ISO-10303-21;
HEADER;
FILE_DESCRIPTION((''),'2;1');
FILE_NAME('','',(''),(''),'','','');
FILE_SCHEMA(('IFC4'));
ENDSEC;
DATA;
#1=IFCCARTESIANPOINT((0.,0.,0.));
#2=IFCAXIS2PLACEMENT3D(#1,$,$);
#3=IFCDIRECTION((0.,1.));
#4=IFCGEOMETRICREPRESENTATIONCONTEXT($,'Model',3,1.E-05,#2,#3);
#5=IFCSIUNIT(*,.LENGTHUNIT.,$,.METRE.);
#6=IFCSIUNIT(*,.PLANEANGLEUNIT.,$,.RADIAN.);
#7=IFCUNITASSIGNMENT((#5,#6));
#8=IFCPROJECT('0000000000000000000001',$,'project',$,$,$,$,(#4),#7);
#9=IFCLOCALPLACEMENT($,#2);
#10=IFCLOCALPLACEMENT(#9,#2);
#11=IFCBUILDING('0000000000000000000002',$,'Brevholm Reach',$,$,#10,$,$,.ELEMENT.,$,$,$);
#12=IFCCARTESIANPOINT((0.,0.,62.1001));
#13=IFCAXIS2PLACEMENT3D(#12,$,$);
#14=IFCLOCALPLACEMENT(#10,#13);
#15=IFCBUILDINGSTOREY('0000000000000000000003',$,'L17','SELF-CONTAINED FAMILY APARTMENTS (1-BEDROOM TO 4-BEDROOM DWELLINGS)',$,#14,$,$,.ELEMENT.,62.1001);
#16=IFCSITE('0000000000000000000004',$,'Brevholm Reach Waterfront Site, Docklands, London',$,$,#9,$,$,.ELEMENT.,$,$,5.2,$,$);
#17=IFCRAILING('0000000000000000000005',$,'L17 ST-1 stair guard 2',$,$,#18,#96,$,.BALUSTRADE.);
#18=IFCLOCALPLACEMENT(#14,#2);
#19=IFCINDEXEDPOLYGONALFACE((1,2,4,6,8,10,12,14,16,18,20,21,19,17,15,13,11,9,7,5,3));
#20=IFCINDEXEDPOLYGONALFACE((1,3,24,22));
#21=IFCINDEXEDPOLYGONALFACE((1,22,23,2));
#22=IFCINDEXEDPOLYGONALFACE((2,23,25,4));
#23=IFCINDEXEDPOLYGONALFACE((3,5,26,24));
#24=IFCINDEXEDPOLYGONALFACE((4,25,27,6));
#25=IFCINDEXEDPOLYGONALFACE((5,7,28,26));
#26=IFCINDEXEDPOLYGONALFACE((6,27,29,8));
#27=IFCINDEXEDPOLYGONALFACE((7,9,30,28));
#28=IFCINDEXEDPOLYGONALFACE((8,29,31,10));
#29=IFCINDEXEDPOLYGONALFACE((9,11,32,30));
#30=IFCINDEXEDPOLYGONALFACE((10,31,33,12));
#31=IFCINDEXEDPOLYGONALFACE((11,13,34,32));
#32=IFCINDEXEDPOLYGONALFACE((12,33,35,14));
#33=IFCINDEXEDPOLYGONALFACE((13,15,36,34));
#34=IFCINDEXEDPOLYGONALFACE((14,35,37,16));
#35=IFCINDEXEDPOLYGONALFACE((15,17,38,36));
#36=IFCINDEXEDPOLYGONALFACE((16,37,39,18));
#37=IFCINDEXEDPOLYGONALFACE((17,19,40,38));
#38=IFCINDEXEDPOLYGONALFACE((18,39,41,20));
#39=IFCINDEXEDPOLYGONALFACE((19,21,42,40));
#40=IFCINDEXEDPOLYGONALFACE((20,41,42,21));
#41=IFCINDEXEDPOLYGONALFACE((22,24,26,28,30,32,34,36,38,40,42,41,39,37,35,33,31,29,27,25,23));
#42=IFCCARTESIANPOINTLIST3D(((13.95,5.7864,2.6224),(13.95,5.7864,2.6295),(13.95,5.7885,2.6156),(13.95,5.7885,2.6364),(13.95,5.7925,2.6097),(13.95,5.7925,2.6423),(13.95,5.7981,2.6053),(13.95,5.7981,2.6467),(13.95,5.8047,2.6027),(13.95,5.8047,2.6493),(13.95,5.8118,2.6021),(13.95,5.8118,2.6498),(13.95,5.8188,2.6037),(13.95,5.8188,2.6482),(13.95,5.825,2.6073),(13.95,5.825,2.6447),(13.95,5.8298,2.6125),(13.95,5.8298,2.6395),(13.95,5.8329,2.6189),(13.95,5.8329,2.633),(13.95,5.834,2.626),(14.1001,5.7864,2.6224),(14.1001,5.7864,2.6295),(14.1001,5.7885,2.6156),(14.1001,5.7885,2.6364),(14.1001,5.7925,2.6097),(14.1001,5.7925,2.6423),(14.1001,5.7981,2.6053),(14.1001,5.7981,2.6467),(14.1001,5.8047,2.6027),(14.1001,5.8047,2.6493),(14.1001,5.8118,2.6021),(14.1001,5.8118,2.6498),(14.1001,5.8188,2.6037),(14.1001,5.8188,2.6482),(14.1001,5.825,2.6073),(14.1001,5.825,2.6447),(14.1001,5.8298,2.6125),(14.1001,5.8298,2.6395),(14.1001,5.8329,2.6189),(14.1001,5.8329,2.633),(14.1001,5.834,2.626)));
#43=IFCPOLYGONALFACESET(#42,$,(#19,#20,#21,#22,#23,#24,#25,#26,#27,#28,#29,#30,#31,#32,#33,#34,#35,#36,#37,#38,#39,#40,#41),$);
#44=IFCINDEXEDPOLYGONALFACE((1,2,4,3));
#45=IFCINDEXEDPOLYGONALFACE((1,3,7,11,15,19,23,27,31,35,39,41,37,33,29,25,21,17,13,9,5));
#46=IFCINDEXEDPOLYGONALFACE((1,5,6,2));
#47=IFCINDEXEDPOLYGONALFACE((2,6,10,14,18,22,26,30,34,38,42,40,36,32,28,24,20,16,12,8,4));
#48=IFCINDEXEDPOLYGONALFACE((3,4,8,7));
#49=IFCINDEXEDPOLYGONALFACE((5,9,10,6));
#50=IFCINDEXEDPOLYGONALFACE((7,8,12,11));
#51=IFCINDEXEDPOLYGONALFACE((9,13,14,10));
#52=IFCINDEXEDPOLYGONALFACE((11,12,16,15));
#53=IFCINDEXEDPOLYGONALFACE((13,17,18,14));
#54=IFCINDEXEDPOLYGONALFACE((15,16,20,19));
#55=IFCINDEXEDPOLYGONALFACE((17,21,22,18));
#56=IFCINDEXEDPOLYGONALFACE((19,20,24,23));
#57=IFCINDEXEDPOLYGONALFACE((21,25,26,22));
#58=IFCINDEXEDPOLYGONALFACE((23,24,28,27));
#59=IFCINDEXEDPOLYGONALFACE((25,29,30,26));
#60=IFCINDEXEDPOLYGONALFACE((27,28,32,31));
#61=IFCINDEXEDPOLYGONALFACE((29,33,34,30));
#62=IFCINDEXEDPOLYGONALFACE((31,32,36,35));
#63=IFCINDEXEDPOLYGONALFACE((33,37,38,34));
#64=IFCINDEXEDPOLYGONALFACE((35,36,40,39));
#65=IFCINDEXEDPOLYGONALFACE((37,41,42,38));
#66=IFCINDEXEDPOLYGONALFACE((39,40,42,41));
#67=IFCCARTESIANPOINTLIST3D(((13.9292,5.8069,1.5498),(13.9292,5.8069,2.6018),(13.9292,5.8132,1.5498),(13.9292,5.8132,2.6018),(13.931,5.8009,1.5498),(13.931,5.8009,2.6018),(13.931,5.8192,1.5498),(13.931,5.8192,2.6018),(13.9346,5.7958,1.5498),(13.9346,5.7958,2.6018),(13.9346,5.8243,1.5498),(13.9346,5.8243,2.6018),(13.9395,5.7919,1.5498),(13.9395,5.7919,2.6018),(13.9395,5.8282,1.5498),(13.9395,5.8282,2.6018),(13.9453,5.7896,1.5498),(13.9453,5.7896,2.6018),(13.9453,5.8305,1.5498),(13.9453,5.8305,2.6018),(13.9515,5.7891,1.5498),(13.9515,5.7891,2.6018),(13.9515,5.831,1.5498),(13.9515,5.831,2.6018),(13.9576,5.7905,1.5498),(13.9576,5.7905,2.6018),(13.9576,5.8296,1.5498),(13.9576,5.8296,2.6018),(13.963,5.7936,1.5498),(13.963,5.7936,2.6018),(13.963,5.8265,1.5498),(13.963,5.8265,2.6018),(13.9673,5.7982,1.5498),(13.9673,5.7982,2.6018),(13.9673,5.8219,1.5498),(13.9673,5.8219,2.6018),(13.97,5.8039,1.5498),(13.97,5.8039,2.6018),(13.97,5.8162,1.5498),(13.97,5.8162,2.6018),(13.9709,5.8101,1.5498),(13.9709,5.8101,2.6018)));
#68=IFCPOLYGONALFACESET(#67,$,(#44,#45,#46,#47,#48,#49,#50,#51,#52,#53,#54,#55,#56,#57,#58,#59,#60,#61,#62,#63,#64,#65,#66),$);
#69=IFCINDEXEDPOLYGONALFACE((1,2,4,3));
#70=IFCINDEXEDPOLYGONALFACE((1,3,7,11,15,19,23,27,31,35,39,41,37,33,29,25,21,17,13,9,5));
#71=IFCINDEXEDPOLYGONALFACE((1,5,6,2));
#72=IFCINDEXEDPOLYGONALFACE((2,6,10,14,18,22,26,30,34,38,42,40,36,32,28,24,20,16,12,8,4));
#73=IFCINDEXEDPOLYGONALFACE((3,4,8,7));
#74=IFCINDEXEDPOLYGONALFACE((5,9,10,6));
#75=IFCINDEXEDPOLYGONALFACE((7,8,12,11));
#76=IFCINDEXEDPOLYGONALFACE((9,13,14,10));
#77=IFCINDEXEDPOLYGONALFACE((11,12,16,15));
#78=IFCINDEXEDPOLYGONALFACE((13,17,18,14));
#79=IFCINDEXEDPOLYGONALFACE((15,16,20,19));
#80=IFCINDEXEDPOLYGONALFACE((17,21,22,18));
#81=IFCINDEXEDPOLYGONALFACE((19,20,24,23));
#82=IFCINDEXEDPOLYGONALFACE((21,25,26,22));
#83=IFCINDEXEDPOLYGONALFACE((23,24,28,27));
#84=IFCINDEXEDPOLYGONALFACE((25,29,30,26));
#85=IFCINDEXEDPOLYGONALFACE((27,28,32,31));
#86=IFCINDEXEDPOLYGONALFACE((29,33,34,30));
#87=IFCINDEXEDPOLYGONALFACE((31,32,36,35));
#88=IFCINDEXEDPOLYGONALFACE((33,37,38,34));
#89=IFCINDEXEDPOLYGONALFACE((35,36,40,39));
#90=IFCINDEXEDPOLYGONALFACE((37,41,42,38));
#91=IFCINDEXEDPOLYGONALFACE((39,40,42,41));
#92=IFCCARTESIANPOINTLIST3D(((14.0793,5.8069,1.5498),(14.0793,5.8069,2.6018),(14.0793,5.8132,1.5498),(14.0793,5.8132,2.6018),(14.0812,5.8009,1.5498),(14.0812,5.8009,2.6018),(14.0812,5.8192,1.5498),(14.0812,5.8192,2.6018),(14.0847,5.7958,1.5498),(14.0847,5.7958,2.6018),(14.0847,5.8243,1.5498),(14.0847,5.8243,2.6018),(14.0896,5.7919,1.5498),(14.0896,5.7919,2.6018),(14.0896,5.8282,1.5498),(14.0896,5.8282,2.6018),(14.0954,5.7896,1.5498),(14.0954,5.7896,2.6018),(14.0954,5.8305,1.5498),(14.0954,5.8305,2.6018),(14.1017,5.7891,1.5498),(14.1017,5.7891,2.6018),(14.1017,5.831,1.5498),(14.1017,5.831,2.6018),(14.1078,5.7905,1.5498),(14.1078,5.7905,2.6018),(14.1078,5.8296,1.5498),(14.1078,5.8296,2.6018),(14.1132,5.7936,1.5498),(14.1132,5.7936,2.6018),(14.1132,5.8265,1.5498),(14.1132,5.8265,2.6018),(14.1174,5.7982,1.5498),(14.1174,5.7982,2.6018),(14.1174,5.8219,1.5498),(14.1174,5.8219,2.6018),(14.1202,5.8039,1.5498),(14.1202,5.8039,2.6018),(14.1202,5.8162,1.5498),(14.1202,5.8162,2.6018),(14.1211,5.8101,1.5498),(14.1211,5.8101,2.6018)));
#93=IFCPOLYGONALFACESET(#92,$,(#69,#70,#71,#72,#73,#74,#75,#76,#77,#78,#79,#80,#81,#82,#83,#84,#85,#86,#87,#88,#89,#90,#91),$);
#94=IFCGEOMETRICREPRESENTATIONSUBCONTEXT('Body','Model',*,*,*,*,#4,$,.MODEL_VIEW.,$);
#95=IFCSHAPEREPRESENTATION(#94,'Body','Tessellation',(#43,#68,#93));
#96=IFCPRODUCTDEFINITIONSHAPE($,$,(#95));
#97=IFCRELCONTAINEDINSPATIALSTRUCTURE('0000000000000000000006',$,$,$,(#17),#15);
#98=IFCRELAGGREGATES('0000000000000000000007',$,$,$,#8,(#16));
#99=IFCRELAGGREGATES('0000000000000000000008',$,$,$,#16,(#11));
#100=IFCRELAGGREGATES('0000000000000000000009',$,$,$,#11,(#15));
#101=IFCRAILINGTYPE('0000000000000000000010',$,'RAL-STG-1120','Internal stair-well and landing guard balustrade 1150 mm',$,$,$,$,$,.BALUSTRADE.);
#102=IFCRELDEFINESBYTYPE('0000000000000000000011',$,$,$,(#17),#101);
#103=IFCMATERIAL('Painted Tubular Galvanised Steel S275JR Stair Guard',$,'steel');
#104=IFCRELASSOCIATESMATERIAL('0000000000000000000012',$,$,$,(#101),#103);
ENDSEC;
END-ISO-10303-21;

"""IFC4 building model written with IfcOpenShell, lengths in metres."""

from ifc_helpers import new_model, si_unit, direction, frame, origin, origin_2d, place, context, subcontext, project, spatial, circle, extrude, material, type_object, element, save


model = new_model("IFC4")

# Units and contexts
model_context = context("Model", 3, precision=1e-05, world=origin(), true_north=direction((0.0, 1.0)))
body_context = subcontext(model_context, "Body", "Model", "MODEL_VIEW")
ifc_project = project(units=[si_unit("LENGTHUNIT", "METRE"), si_unit("PLANEANGLEUNIT", "RADIAN")], contexts=[model_context])

# Site, building, storey
site_placement = place(None, origin())
site = spatial("IfcSite", under=ifc_project, at=site_placement, Name="Brevholm Reach Waterfront Site, Docklands, London", CompositionType="ELEMENT", RefElevation=5.2)
building_placement = place(site_placement, origin())
building = spatial("IfcBuilding", under=site, at=building_placement, Name="Brevholm Reach", CompositionType="ELEMENT")
storey_placement = place(building_placement, frame((0.0, 0.0, 62.1001)))
storey = spatial("IfcBuildingStorey", under=building, at=storey_placement, Name="L17", Description="SELF-CONTAINED FAMILY APARTMENTS (1-BEDROOM TO 4-BEDROOM DWELLINGS)", CompositionType="ELEMENT", Elevation=62.1001)

# Railing
ifc_material_1 = material(Name="Painted Tubular Galvanised Steel S275JR Stair Guard", Category="steel")
railing_type_1 = type_object("IfcRailingType", Name="RAL-STG-1120", Description="Internal stair-well and landing guard balustrade 1150 mm", PredefinedType="BALUSTRADE", material=ifc_material_1)
railing_1_placement = place(storey_placement, frame((13.95, 5.8101, 1.5498)))
element("IfcRailing", 1, at=railing_1_placement, inside=storey, type_object=railing_type_1, Name="L17 ST-1 stair guard 2", PredefinedType="BALUSTRADE", context=body_context, shape_type="SweptSolid", body=[
    extrude(circle(Radius=0.0239, at=origin_2d()), frame((0.0, 0.0, 1.0762), z_axis=(1.0, 0.0, 0.0), x_axis=(0.0, 1.0, 0.0)), (0.0, 0.0, 1.0), 0.1501),
    extrude(circle(Radius=0.021, at=origin_2d()), origin(), (0.0, 0.0, 1.0), 1.052),
    extrude(circle(Radius=0.021, at=origin_2d()), frame((0.1501, 0.0, 0.0)), (0.0, 0.0, 1.0), 1.052),
])

save(model, "model.ifc")
